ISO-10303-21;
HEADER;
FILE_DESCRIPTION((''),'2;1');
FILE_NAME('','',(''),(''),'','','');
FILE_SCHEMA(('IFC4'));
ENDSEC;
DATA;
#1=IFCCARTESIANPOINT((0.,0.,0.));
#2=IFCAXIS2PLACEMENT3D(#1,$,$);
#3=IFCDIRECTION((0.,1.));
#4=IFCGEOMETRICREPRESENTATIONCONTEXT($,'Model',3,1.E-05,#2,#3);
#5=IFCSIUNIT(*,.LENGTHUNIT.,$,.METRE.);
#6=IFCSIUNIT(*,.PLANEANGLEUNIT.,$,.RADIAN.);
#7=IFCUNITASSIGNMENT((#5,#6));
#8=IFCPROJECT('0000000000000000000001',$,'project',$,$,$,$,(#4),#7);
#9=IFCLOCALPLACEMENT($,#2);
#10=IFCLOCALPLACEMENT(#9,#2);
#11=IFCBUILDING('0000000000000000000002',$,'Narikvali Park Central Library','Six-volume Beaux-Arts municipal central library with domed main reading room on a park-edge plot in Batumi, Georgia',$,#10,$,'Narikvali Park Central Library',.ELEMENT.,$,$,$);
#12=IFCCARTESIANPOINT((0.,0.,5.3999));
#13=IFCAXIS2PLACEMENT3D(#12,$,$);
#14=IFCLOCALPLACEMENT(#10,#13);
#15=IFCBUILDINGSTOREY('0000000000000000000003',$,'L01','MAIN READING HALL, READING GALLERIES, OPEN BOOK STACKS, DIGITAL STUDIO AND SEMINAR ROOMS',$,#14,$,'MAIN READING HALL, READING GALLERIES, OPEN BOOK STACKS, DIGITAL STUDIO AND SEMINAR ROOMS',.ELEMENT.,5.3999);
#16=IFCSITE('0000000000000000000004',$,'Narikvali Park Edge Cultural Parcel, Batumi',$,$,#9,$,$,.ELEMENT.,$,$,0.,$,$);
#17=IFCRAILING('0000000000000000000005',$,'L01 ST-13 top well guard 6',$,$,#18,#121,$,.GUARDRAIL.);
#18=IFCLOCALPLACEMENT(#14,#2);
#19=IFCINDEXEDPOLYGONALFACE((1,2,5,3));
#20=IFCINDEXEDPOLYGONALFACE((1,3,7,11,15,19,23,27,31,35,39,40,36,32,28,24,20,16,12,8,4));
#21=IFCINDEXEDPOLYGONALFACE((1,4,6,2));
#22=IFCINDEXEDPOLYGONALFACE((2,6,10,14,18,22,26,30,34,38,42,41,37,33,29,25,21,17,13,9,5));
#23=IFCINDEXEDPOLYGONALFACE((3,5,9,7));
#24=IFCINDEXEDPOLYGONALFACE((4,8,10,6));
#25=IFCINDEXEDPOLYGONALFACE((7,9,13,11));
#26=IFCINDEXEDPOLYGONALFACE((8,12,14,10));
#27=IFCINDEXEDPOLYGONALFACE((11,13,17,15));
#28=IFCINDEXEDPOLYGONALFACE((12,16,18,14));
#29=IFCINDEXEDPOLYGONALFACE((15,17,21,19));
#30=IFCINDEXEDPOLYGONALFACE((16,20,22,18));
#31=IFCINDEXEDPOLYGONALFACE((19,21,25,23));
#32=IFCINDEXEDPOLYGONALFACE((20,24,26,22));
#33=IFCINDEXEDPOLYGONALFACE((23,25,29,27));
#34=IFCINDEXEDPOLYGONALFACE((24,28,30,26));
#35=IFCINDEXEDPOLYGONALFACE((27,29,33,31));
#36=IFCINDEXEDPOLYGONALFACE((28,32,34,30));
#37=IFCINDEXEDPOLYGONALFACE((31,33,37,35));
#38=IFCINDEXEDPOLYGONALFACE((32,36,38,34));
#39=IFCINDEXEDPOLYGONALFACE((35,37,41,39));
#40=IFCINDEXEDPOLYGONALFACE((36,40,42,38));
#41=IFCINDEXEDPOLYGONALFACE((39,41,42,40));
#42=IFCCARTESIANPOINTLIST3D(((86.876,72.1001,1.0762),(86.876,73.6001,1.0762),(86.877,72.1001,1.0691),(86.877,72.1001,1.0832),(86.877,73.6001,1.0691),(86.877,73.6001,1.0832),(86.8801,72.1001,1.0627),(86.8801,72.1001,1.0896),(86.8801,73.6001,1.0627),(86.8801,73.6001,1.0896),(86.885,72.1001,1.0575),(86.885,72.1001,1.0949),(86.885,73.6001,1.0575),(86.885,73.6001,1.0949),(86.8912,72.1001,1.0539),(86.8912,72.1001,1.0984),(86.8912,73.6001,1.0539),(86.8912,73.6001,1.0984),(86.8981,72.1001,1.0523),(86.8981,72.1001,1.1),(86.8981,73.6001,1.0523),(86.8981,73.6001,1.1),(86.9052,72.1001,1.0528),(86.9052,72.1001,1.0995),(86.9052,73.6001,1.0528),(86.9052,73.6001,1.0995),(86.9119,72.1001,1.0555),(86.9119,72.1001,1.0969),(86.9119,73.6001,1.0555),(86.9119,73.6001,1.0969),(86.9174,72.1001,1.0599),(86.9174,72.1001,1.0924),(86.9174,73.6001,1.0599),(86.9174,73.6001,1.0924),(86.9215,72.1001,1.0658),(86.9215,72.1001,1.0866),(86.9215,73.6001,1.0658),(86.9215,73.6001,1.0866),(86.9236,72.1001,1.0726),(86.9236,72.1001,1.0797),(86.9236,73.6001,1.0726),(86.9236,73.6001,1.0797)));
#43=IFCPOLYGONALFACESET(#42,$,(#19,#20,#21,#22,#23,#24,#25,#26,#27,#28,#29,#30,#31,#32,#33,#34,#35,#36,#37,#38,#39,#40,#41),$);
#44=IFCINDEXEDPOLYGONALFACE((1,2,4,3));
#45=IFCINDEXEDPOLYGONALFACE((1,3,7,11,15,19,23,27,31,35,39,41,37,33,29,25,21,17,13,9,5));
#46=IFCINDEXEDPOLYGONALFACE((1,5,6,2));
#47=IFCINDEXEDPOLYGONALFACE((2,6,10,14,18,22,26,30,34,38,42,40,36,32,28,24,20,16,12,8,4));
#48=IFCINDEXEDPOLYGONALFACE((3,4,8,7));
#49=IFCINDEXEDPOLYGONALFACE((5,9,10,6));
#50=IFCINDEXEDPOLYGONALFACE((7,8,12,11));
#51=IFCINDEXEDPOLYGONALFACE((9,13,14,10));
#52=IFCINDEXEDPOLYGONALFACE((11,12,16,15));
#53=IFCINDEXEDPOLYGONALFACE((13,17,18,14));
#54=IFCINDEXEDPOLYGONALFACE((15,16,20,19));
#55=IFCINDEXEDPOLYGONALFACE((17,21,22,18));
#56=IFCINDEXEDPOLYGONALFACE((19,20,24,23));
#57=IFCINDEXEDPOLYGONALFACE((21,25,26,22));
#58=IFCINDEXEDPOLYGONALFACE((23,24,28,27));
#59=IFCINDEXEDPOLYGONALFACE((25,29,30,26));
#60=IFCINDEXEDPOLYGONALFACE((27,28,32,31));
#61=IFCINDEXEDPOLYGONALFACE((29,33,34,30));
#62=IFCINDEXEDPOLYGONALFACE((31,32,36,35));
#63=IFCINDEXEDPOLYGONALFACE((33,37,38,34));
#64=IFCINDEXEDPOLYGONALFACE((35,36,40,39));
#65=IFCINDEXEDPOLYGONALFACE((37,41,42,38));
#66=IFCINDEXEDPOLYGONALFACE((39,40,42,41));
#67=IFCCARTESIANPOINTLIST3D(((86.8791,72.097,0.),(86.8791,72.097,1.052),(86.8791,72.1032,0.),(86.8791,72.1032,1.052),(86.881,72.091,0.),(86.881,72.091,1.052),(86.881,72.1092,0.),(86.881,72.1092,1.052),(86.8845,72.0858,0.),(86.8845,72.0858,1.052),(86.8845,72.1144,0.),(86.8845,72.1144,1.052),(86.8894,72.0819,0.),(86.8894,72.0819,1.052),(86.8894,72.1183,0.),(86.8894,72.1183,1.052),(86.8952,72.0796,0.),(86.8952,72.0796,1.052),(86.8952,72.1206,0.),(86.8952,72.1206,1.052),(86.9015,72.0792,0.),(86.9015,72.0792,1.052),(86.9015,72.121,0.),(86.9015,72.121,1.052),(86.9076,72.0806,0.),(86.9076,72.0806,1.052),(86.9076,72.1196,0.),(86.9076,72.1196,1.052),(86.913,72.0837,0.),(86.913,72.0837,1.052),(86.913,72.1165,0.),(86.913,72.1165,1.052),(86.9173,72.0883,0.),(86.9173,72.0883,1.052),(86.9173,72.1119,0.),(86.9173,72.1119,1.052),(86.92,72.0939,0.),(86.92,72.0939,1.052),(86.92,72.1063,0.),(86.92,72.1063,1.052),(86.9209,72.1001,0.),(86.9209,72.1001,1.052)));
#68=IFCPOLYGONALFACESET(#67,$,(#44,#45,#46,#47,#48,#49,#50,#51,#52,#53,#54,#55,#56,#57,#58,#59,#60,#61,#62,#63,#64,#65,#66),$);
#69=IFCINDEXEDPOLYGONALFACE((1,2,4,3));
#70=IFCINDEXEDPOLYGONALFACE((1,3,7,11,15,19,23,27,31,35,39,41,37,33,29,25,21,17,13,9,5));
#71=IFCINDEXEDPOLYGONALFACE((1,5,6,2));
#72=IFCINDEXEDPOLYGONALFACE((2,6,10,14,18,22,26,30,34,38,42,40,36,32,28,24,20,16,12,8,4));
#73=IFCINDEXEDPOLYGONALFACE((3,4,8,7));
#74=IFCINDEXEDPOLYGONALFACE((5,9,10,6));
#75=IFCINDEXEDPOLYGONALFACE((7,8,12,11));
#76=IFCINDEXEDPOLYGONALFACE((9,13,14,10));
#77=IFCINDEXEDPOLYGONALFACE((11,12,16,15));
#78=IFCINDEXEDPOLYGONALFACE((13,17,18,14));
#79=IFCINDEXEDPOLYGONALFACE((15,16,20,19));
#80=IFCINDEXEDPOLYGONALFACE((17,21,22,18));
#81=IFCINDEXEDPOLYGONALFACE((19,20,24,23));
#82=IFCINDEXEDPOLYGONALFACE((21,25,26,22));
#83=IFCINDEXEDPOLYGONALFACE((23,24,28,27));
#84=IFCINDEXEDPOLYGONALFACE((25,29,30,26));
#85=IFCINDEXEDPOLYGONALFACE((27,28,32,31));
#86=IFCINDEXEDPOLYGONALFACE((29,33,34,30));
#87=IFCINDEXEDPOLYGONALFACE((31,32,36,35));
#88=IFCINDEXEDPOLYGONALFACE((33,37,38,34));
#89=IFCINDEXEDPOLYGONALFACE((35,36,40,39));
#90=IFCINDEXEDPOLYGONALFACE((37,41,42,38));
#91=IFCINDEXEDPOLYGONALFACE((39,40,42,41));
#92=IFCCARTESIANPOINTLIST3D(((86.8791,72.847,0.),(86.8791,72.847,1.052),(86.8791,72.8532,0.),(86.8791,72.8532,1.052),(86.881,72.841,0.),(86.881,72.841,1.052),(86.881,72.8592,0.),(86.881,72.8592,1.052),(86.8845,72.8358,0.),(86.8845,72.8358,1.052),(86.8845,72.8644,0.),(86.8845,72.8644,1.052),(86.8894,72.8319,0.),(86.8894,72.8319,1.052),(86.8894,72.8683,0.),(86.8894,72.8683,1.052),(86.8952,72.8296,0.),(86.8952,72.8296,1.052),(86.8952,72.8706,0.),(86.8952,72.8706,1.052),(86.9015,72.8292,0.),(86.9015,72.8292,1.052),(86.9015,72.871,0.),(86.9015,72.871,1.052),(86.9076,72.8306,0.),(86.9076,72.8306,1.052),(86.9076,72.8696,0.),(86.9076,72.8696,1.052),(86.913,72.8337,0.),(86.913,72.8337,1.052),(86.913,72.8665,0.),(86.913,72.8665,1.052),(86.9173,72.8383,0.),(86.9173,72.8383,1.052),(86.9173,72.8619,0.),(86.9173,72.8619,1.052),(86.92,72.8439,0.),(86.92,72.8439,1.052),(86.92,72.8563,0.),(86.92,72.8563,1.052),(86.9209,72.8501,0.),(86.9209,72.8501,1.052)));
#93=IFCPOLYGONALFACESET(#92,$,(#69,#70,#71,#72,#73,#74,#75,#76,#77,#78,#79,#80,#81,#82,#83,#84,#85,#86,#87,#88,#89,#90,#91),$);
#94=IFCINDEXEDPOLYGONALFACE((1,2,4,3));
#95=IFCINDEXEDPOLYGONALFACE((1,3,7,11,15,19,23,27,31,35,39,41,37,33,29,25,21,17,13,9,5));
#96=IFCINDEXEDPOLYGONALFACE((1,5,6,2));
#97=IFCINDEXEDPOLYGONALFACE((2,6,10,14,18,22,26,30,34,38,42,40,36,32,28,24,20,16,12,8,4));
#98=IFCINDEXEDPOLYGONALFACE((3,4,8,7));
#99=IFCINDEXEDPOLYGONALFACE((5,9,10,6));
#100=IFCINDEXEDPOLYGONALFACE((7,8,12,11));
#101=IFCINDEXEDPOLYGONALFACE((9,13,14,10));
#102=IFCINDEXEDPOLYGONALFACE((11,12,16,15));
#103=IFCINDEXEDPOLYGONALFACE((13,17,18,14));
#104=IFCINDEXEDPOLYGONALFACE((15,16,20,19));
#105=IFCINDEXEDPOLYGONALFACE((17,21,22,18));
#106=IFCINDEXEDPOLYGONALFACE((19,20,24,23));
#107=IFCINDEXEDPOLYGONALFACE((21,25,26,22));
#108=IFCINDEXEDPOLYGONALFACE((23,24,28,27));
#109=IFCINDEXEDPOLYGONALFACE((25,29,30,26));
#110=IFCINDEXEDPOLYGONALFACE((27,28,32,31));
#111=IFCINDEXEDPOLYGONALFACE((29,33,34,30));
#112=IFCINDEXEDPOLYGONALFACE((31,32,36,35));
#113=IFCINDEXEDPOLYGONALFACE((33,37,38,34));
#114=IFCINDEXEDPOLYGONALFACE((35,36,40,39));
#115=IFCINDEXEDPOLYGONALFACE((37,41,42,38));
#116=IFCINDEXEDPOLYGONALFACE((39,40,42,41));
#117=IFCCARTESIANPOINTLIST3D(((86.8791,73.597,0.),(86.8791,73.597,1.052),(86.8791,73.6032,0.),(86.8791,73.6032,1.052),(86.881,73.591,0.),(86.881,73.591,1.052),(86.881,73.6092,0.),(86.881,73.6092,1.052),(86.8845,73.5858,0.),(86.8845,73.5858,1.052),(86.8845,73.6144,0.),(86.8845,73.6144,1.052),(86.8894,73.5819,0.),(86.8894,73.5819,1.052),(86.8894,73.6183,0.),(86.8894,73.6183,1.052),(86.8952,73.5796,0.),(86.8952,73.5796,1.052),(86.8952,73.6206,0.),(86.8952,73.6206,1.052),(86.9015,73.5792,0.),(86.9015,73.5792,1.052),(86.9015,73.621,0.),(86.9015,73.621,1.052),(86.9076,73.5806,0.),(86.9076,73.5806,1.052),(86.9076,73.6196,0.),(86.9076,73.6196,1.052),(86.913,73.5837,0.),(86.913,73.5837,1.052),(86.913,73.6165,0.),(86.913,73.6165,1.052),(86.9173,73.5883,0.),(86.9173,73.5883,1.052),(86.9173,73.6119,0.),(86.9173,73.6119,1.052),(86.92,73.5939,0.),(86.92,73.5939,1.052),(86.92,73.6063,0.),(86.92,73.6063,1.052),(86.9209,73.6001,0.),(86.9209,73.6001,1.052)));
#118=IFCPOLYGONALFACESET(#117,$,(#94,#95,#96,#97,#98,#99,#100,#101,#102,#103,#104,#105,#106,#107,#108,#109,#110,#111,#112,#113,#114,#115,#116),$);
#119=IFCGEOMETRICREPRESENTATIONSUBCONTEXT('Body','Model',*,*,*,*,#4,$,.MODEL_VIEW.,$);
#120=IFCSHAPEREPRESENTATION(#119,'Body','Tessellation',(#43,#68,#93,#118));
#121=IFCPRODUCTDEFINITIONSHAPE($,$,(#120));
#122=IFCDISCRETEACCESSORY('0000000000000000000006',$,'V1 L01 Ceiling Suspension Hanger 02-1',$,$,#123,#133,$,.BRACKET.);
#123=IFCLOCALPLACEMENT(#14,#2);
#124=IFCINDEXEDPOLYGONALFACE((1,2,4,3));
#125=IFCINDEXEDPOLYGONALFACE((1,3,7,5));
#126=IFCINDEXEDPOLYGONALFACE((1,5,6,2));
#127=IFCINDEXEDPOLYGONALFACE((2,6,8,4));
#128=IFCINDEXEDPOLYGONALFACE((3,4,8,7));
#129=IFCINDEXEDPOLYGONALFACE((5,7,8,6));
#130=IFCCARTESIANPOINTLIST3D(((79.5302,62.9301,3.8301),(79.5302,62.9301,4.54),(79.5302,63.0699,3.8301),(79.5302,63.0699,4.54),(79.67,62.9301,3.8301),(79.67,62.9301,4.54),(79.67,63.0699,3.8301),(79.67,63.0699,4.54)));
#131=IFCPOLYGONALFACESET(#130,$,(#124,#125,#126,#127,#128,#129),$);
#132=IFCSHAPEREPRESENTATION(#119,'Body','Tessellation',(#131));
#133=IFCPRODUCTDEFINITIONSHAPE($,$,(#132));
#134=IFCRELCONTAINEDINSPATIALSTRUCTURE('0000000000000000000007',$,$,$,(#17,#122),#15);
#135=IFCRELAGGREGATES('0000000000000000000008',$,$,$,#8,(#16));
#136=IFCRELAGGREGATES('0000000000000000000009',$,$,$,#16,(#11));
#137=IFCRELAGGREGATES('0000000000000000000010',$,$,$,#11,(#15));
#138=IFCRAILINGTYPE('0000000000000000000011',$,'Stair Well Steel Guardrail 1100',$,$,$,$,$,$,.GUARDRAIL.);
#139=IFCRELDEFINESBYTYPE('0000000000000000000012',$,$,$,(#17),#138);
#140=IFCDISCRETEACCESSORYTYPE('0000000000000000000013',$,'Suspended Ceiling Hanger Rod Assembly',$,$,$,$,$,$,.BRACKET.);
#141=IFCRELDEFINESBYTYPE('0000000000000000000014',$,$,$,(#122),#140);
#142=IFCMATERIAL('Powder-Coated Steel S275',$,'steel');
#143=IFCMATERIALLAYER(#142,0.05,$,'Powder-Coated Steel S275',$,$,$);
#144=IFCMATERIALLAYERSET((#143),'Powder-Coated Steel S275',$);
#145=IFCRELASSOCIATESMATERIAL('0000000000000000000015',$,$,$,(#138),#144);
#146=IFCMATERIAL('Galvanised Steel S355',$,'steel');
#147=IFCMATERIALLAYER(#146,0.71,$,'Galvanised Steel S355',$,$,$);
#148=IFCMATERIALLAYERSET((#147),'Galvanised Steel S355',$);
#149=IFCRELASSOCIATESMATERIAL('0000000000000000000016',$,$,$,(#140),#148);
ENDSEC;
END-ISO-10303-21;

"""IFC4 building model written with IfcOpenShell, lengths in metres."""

from ifc_helpers import new_model, si_unit, direction, frame, origin, origin_2d, place, context, subcontext, project, spatial, rectangle, circle, extrude, material, layer, layer_set, type_object, element, save


model = new_model("IFC4")

# Units and contexts
model_context = context("Model", 3, precision=1e-05, world=origin(), true_north=direction((0.0, 1.0)))
body_context = subcontext(model_context, "Body", "Model", "MODEL_VIEW")
ifc_project = project(units=[si_unit("LENGTHUNIT", "METRE"), si_unit("PLANEANGLEUNIT", "RADIAN")], contexts=[model_context])

# Site, building, storey
site_placement = place(None, origin())
site = spatial("IfcSite", under=ifc_project, at=site_placement, Name="Narikvali Park Edge Cultural Parcel, Batumi", CompositionType="ELEMENT", RefElevation=0.0)
building_placement = place(site_placement, origin())
building = spatial("IfcBuilding", under=site, at=building_placement, Name="Narikvali Park Central Library", Description="Six-volume Beaux-Arts municipal central library with domed main reading room on a park-edge plot in Batumi, Georgia", LongName="Narikvali Park Central Library", CompositionType="ELEMENT")
storey_placement = place(building_placement, frame((0.0, 0.0, 5.3999)))
storey = spatial("IfcBuildingStorey", under=building, at=storey_placement, Name="L01", Description="MAIN READING HALL, READING GALLERIES, OPEN BOOK STACKS, DIGITAL STUDIO AND SEMINAR ROOMS", LongName="MAIN READING HALL, READING GALLERIES, OPEN BOOK STACKS, DIGITAL STUDIO AND SEMINAR ROOMS", CompositionType="ELEMENT", Elevation=5.3999)

# Railing
ifc_material_1 = material(Name="Powder-Coated Steel S275", Category="steel")
ifc_layer_1 = layer(ifc_material_1, 0.05, Name="Powder-Coated Steel S275")
ifc_layer_set_1 = layer_set([ifc_layer_1], Name="Powder-Coated Steel S275")
railing_type = type_object("IfcRailingType", Name="Stair Well Steel Guardrail 1100", PredefinedType="GUARDRAIL", material=ifc_layer_set_1)
railing_1_placement = place(storey_placement, frame((86.8999, 72.1001, 0.0)))
element("IfcRailing", 1, at=railing_1_placement, inside=storey, type_object=railing_type, Name="L01 ST-13 top well guard 6", PredefinedType="GUARDRAIL", context=body_context, shape_type="SweptSolid", body=[
    extrude(circle(Radius=0.0239, at=origin_2d()), frame((0.0, 0.0, 1.0762), z_axis=(0.0, 1.0, 0.0), x_axis=(-1.0, 0.0, 0.0)), (0.0, 0.0, 1.0), 1.5),
    extrude(circle(Radius=0.021, at=origin_2d()), origin(), (0.0, 0.0, 1.0), 1.052),
    extrude(circle(Radius=0.021, at=origin_2d()), frame((0.0, 0.75, 0.0)), (0.0, 0.0, 1.0), 1.052),
    extrude(circle(Radius=0.021, at=origin_2d()), frame((0.0, 1.5, 0.0)), (0.0, 0.0, 1.0), 1.052),
])

# Discrete accessory
ifc_material_2 = material(Name="Galvanised Steel S355", Category="steel")
ifc_layer_2 = layer(ifc_material_2, 0.71, Name="Galvanised Steel S355")
ifc_layer_set_2 = layer_set([ifc_layer_2], Name="Galvanised Steel S355")
discrete_accessory_type = type_object("IfcDiscreteAccessoryType", Name="Suspended Ceiling Hanger Rod Assembly", PredefinedType="BRACKET", material=ifc_layer_set_2)
discrete_accessory_placement = place(storey_placement, frame((79.6001, 63.0, 3.8301), z_axis=(0.0, 0.0, 1.0), x_axis=(1.0, 0.0, 0.0)))
element("IfcDiscreteAccessory", 2, at=discrete_accessory_placement, inside=storey, type_object=discrete_accessory_type, Name="V1 L01 Ceiling Suspension Hanger 02-1", PredefinedType="BRACKET", context=body_context, shape_type="SweptSolid", body=[
    extrude(rectangle(XDim=0.1399, YDim=0.1399, at=origin_2d()), origin(), (0.0, 0.0, 1.0), 0.71),
])

save(model, "model.ifc")
